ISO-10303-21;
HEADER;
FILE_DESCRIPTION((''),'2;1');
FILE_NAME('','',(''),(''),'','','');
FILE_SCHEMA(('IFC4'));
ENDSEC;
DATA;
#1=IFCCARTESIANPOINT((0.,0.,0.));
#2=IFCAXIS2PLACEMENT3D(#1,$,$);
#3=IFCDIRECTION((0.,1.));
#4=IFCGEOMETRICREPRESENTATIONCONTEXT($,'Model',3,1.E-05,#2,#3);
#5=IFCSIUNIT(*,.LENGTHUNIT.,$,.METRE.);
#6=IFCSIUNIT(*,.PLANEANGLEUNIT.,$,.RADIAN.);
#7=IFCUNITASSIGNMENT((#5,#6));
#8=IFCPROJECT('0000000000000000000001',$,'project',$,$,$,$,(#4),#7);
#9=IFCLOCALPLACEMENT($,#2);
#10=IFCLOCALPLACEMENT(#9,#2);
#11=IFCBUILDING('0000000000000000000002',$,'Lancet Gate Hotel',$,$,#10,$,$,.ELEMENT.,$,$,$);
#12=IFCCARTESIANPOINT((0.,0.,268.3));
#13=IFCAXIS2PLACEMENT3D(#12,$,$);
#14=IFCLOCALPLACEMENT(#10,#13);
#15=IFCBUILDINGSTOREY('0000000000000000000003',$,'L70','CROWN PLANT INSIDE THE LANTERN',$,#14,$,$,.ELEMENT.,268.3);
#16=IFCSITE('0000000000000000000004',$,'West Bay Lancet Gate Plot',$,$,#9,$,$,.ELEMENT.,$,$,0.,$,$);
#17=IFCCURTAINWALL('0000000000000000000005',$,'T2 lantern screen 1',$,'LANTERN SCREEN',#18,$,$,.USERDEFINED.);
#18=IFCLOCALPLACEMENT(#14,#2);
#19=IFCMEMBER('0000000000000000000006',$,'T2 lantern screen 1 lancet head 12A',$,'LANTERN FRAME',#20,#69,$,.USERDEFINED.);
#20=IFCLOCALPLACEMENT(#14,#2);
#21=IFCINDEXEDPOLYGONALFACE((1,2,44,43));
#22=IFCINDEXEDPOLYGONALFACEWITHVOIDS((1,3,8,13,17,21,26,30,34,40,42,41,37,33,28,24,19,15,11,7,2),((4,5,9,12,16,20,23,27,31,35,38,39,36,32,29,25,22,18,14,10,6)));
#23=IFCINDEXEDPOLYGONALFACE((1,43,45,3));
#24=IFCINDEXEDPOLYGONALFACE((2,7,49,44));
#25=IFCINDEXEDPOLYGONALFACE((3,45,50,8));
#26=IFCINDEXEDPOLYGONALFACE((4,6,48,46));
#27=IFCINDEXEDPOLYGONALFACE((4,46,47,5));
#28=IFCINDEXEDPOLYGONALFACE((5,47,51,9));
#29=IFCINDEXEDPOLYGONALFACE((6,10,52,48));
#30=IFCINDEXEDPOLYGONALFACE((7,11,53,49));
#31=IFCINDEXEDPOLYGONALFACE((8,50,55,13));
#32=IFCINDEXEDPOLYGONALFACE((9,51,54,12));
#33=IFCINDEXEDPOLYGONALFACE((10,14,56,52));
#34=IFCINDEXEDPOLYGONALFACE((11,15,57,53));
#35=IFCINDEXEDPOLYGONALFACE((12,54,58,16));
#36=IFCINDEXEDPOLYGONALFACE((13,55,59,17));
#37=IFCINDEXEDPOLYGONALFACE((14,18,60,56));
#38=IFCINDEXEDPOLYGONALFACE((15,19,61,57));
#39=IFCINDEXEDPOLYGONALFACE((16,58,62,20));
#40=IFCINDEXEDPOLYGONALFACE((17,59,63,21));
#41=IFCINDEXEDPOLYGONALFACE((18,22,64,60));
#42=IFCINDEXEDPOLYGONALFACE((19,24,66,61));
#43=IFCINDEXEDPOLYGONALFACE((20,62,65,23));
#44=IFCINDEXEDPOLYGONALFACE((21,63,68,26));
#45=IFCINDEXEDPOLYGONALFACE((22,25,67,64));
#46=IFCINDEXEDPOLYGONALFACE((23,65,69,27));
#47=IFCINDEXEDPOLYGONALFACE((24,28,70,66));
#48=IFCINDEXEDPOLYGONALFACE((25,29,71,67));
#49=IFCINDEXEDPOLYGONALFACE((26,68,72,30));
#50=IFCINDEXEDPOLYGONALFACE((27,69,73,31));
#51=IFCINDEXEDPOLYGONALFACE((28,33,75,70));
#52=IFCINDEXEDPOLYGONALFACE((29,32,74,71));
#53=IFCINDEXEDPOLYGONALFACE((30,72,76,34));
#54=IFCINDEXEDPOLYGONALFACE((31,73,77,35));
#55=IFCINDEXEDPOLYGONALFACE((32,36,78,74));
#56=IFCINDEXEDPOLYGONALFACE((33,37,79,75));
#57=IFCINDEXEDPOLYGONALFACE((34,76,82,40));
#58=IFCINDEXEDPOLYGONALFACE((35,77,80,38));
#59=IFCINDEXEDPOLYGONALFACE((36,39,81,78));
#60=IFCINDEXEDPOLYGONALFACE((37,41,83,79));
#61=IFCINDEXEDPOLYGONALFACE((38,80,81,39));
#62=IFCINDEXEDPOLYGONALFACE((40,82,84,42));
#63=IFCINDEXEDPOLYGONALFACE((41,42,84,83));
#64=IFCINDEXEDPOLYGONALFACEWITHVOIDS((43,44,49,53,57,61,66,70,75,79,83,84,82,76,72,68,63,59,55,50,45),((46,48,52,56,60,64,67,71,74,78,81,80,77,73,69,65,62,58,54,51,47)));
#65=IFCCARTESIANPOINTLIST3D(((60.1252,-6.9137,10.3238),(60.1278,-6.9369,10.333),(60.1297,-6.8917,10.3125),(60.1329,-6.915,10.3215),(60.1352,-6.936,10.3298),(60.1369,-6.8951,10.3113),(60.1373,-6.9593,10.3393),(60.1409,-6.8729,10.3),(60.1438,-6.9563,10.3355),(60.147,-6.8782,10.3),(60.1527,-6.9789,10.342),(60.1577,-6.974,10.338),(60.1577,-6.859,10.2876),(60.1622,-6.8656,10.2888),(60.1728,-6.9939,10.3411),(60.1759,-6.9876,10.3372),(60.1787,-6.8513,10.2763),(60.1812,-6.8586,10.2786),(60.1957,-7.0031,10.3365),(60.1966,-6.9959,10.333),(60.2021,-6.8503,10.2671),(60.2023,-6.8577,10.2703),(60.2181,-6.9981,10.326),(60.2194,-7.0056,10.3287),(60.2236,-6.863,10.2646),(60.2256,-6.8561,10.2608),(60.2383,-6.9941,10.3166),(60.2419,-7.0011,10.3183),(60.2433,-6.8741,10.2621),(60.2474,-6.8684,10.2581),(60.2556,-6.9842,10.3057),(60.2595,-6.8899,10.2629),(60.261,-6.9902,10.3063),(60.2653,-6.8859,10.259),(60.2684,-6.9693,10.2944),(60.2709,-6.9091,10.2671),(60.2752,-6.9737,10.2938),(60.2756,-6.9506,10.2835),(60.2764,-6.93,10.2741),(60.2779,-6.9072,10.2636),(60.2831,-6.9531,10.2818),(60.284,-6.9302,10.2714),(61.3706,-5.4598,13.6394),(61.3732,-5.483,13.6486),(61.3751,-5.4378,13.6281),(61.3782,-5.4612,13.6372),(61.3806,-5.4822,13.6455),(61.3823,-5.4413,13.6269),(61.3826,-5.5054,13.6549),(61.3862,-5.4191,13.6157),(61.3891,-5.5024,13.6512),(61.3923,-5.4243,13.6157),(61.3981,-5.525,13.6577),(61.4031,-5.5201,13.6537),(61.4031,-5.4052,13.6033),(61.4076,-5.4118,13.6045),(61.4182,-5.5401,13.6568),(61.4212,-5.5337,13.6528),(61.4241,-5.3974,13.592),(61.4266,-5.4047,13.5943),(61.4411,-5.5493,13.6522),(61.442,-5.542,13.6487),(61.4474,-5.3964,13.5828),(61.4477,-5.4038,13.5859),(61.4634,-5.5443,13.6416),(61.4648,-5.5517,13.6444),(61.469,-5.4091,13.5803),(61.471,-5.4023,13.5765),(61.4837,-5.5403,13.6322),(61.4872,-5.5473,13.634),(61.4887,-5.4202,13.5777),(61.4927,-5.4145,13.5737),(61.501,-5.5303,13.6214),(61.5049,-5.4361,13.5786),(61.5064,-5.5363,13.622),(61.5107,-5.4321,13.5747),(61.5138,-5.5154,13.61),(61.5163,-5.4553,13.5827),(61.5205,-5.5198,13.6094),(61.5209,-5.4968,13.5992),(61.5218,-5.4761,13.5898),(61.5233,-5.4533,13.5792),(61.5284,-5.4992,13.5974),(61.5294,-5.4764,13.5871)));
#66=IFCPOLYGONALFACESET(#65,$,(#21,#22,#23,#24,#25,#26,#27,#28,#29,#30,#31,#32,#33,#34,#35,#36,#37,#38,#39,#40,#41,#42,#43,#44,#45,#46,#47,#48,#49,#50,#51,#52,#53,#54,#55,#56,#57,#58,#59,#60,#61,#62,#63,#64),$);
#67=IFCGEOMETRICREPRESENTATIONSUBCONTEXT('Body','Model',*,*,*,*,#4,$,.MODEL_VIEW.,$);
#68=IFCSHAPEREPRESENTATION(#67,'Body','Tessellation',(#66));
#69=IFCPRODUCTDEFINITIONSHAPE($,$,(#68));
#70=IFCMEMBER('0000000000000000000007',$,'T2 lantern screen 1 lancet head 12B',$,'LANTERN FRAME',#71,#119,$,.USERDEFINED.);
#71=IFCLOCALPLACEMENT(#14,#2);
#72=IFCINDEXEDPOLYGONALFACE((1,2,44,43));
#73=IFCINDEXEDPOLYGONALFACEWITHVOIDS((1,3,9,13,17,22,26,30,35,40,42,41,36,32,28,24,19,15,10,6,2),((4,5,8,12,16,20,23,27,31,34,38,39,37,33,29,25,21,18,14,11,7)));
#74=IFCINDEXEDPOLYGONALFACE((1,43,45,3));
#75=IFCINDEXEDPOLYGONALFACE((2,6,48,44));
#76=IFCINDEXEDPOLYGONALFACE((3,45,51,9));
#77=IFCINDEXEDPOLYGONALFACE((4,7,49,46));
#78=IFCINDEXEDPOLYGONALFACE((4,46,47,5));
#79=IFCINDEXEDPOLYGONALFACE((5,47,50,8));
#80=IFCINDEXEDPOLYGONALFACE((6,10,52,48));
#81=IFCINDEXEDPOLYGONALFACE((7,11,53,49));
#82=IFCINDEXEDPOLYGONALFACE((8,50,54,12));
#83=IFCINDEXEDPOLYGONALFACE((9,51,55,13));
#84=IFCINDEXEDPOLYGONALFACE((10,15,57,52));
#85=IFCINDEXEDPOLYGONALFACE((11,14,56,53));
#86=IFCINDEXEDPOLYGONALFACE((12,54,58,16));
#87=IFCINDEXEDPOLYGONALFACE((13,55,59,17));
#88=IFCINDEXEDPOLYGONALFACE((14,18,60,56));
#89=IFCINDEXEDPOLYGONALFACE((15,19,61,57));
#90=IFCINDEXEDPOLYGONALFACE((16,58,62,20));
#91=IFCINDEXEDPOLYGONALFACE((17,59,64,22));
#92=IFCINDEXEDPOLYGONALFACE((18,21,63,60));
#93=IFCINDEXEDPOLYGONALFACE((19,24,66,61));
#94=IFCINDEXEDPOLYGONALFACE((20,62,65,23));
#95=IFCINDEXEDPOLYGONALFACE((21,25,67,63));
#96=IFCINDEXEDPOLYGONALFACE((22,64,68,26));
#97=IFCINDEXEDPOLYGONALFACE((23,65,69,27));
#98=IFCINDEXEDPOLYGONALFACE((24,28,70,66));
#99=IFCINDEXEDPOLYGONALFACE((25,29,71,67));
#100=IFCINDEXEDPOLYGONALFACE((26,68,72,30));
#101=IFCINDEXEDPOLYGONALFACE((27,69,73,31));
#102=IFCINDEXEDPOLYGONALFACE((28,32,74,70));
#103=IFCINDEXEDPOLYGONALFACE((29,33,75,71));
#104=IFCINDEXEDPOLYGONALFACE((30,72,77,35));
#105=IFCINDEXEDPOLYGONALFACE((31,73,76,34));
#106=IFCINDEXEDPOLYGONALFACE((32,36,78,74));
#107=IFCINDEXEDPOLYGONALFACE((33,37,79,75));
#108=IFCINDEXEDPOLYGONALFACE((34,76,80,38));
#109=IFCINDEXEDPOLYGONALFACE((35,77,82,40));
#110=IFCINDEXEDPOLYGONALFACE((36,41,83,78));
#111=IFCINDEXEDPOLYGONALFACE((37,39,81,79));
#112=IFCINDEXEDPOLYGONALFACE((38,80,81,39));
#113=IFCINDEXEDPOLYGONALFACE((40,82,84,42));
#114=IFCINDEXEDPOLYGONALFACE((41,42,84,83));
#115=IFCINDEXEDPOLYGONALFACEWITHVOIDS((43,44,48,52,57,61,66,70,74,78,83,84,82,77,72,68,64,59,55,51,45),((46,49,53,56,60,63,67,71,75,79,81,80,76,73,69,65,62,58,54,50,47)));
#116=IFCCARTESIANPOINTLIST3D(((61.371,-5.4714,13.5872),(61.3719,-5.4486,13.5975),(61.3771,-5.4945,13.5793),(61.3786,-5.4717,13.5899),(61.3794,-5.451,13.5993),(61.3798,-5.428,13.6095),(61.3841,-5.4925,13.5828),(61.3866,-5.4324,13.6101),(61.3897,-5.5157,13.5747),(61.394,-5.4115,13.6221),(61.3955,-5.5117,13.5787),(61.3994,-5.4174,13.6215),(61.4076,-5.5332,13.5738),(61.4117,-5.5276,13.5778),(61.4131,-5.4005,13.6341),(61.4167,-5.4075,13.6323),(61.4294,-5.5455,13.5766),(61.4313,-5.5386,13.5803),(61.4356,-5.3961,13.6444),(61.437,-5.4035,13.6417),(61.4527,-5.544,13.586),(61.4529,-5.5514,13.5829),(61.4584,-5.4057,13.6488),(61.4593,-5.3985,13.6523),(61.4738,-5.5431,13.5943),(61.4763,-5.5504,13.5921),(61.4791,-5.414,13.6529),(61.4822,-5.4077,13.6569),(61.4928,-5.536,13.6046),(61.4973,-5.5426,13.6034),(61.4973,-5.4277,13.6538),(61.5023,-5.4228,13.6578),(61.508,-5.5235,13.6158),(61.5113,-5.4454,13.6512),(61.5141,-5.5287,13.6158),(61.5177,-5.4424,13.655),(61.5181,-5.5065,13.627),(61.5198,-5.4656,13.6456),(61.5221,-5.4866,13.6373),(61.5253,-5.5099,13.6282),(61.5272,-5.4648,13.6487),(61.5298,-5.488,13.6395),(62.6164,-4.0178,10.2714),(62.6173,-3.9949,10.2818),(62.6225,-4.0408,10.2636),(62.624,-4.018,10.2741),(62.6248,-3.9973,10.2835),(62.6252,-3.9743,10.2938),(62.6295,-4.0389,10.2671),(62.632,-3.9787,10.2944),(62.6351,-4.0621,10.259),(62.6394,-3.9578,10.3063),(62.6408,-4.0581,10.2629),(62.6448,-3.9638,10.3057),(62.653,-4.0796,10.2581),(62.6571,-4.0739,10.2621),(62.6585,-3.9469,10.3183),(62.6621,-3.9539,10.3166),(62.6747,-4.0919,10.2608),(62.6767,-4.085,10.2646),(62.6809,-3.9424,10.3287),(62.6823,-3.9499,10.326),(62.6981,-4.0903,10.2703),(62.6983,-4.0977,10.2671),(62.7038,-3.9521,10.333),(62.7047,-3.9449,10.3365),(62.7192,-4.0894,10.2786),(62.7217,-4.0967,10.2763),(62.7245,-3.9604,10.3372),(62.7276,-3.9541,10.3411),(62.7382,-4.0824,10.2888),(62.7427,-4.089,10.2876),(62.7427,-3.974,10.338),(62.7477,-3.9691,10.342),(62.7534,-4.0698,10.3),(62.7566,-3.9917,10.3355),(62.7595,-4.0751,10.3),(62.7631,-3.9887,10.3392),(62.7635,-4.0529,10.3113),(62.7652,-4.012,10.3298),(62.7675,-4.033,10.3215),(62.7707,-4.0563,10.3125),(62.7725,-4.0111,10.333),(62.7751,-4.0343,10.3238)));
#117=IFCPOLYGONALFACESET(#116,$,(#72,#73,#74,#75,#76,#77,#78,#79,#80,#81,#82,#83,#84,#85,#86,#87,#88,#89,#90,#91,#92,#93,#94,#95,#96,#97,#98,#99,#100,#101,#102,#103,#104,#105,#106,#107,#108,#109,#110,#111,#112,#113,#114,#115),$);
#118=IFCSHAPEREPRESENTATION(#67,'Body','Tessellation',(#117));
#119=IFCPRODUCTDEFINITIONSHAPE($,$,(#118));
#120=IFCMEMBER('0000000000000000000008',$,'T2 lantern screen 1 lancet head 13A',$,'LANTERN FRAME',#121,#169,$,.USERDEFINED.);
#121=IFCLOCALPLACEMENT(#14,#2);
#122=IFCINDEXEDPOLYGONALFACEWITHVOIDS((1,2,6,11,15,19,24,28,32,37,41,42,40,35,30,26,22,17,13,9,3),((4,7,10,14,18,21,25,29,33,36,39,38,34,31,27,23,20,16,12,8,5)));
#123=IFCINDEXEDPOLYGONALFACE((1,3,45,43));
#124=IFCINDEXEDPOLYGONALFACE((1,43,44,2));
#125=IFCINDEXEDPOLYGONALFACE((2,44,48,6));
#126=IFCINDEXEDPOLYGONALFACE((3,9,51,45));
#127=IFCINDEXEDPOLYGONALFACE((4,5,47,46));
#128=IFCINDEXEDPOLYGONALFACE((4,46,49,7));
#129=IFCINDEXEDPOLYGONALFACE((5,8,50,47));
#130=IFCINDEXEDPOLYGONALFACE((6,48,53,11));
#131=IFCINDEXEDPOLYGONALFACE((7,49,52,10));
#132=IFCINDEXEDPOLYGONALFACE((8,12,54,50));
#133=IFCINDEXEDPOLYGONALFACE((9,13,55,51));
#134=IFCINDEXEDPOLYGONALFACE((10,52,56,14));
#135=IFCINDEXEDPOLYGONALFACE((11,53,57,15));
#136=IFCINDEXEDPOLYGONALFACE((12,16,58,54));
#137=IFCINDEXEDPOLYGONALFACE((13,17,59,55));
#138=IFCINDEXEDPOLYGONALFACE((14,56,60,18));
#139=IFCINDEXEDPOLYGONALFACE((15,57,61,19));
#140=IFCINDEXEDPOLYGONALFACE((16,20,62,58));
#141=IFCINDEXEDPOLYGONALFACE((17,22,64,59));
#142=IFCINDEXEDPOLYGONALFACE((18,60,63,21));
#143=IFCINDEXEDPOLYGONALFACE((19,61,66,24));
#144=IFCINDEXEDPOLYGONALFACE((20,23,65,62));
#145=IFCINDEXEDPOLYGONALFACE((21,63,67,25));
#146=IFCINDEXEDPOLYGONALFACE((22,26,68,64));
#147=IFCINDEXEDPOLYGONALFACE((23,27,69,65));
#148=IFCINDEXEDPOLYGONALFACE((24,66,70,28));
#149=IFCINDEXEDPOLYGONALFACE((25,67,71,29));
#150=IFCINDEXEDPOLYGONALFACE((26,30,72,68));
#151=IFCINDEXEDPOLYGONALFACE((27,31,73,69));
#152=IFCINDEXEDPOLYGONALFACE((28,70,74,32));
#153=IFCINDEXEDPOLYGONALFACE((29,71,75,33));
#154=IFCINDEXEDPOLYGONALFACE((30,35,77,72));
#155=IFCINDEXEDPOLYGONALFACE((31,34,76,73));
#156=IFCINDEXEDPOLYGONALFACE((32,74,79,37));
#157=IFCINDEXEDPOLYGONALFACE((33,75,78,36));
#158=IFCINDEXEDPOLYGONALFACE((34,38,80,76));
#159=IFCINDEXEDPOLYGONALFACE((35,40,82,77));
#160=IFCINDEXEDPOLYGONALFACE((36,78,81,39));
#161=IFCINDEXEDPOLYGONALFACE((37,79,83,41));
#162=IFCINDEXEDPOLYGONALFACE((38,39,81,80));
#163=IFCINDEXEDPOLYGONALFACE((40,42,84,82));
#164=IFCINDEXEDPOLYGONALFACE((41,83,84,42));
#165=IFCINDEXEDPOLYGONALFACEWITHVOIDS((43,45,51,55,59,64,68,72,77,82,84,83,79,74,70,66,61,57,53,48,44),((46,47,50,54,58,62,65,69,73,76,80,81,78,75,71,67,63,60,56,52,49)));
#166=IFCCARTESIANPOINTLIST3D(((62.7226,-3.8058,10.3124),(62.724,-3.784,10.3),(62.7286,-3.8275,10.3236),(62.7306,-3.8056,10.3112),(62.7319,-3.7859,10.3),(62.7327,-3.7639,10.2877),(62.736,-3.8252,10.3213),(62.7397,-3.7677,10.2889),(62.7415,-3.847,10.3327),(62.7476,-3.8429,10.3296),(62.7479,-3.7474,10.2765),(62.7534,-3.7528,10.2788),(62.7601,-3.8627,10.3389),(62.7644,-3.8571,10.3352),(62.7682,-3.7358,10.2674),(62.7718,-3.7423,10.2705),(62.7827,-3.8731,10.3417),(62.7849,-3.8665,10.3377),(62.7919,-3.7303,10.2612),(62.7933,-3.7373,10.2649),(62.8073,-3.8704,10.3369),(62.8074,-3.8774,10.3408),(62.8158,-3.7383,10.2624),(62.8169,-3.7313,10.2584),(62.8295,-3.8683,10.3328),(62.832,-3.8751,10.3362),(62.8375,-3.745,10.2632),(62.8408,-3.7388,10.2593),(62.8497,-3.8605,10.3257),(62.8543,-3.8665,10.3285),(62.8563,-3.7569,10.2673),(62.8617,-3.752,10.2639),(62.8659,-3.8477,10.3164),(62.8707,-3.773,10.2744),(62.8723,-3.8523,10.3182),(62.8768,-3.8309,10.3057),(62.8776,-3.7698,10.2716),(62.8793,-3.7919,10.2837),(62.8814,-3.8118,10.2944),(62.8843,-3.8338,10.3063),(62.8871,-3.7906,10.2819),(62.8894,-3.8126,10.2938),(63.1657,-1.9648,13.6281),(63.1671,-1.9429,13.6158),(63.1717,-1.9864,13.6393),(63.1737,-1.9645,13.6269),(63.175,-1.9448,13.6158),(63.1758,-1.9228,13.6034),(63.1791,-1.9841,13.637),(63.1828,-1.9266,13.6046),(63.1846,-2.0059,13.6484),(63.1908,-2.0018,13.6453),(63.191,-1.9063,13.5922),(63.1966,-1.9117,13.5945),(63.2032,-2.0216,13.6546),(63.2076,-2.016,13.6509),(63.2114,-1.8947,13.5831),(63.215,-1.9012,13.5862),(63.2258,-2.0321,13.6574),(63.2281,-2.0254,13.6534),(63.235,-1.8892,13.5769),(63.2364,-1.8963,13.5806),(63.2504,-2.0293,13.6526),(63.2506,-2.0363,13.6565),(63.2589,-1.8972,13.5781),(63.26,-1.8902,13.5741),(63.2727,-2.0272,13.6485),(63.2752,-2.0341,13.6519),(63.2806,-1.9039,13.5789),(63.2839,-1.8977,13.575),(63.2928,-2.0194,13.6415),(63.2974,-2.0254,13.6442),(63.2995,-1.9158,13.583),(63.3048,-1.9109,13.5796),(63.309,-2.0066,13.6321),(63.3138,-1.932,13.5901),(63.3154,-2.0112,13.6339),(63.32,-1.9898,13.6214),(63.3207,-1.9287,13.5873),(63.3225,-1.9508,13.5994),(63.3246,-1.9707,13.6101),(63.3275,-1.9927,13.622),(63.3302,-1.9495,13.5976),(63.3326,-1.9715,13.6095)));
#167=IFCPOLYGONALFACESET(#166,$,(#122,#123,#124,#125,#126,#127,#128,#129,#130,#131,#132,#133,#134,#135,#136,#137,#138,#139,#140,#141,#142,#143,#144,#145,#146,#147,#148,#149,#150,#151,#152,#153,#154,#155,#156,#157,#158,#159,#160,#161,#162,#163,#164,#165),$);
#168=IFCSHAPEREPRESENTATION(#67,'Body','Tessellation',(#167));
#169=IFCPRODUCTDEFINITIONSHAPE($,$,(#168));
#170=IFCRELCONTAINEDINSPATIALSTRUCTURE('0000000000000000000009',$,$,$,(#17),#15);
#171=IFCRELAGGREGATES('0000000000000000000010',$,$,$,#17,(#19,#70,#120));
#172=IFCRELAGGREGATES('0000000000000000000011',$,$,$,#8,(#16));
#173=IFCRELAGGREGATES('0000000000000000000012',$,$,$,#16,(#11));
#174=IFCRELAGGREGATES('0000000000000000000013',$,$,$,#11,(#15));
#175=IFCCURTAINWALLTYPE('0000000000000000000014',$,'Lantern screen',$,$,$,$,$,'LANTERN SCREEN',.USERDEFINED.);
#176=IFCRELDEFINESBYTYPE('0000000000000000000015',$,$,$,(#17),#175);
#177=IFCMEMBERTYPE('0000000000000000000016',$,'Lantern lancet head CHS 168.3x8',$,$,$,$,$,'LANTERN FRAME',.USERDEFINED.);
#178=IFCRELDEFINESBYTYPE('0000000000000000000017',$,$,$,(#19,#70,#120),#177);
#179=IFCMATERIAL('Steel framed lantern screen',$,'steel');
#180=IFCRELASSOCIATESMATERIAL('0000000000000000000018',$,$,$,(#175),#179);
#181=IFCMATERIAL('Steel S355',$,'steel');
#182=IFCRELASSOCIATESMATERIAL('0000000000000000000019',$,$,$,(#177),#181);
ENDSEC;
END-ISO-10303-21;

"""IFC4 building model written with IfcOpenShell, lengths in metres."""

from ifc_helpers import new_model, si_unit, direction, frame, origin, origin_2d, place, context, subcontext, project, spatial, hollow_circle, extrude, material, material_profile, profile_set, type_object, element, aggregate, save


model = new_model("IFC4")

# Units and contexts
model_context = context("Model", 3, precision=1e-05, world=origin(), true_north=direction((0.0, 1.0)))
body_context = subcontext(model_context, "Body", "Model", "MODEL_VIEW")
ifc_project = project(units=[si_unit("LENGTHUNIT", "METRE"), si_unit("PLANEANGLEUNIT", "RADIAN")], contexts=[model_context])

# Site, building, storey
site_placement = place(None, origin())
site = spatial("IfcSite", under=ifc_project, at=site_placement, Name="West Bay Lancet Gate Plot", CompositionType="ELEMENT", RefElevation=0.0)
building_placement = place(site_placement, origin())
building = spatial("IfcBuilding", under=site, at=building_placement, Name="Lancet Gate Hotel", CompositionType="ELEMENT")
storey_placement = place(building_placement, frame((0.0, 0.0, 268.3)))
storey = spatial("IfcBuildingStorey", under=building, at=storey_placement, Name="L70", Description="CROWN PLANT INSIDE THE LANTERN", CompositionType="ELEMENT", Elevation=268.3)

# Curtain wall, members
ifc_material_1 = material(Name="Steel framed lantern screen", Category="steel")
curtain_wall_type_1 = type_object("IfcCurtainWallType", Name="Lantern screen", ElementType="LANTERN SCREEN", PredefinedType="USERDEFINED", material=ifc_material_1)
curtain_wall_1_placement = place(storey_placement, origin())
curtain_wall_1 = element("IfcCurtainWall", 1, at=curtain_wall_1_placement, inside=storey, type_object=curtain_wall_type_1, Name="T2 lantern screen 1", ObjectType="LANTERN SCREEN", PredefinedType="USERDEFINED")
ifc_material_2 = material(Name="Steel S355", Category="steel")
ifc_material_profile_1 = material_profile(ifc_material_2, hollow_circle(Radius=0.0842, WallThickness=0.0081, at=origin_2d()), Name="CHS 168.3x8.0")
ifc_profile_set_1 = profile_set([ifc_material_profile_1], Name="Steel S355")
member_type_1 = type_object("IfcMemberType", Name="Lantern lancet head CHS 168.3x8", ElementType="LANTERN FRAME", PredefinedType="USERDEFINED", material=ifc_profile_set_1)
member_1_placement = place(storey_placement, frame((60.2048, -6.9277, 10.3), z_axis=(0.325277, 0.379734, 0.866024), x_axis=(-0.759464, 0.65055, 0.0)))
member_1 = element("IfcMember", 2, at=member_1_placement, type_object=member_type_1, Name="T2 lantern screen 1 lancet head 12A", ObjectType="LANTERN FRAME", PredefinedType="USERDEFINED", context=body_context, shape_type="SweptSolid", body=[
    extrude(hollow_circle(Radius=0.0842, WallThickness=0.0081, at=origin_2d()), origin(), (0.0, 0.0, 1.0), 3.8286),
])
member_2_placement = place(storey_placement, frame((62.6956, -4.0203, 10.3), z_axis=(-0.325285, -0.37968, 0.866045), x_axis=(0.75941, -0.650613, 0.0)))
member_2 = element("IfcMember", 3, at=member_2_placement, type_object=member_type_1, Name="T2 lantern screen 1 lancet head 12B", ObjectType="LANTERN FRAME", PredefinedType="USERDEFINED", context=body_context, shape_type="SweptSolid", body=[
    extrude(hollow_circle(Radius=0.0842, WallThickness=0.0081, at=origin_2d()), origin(), (0.0, 0.0, 1.0), 3.8286),
])
member_3_placement = place(storey_placement, frame((62.8059, -3.8037, 10.3), z_axis=(0.11605, 0.482166, 0.868359), x_axis=(-0.972236, 0.234002, 0.0)))
member_3 = element("IfcMember", 4, at=member_3_placement, type_object=member_type_1, Name="T2 lantern screen 1 lancet head 13A", ObjectType="LANTERN FRAME", PredefinedType="USERDEFINED", context=body_context, shape_type="SweptSolid", body=[
    extrude(hollow_circle(Radius=0.0842, WallThickness=0.0081, at=origin_2d()), origin(), (0.0, 0.0, 1.0), 3.8184),
])

aggregate(curtain_wall_1, [member_1, member_2, member_3])

save(model, "model.ifc")
